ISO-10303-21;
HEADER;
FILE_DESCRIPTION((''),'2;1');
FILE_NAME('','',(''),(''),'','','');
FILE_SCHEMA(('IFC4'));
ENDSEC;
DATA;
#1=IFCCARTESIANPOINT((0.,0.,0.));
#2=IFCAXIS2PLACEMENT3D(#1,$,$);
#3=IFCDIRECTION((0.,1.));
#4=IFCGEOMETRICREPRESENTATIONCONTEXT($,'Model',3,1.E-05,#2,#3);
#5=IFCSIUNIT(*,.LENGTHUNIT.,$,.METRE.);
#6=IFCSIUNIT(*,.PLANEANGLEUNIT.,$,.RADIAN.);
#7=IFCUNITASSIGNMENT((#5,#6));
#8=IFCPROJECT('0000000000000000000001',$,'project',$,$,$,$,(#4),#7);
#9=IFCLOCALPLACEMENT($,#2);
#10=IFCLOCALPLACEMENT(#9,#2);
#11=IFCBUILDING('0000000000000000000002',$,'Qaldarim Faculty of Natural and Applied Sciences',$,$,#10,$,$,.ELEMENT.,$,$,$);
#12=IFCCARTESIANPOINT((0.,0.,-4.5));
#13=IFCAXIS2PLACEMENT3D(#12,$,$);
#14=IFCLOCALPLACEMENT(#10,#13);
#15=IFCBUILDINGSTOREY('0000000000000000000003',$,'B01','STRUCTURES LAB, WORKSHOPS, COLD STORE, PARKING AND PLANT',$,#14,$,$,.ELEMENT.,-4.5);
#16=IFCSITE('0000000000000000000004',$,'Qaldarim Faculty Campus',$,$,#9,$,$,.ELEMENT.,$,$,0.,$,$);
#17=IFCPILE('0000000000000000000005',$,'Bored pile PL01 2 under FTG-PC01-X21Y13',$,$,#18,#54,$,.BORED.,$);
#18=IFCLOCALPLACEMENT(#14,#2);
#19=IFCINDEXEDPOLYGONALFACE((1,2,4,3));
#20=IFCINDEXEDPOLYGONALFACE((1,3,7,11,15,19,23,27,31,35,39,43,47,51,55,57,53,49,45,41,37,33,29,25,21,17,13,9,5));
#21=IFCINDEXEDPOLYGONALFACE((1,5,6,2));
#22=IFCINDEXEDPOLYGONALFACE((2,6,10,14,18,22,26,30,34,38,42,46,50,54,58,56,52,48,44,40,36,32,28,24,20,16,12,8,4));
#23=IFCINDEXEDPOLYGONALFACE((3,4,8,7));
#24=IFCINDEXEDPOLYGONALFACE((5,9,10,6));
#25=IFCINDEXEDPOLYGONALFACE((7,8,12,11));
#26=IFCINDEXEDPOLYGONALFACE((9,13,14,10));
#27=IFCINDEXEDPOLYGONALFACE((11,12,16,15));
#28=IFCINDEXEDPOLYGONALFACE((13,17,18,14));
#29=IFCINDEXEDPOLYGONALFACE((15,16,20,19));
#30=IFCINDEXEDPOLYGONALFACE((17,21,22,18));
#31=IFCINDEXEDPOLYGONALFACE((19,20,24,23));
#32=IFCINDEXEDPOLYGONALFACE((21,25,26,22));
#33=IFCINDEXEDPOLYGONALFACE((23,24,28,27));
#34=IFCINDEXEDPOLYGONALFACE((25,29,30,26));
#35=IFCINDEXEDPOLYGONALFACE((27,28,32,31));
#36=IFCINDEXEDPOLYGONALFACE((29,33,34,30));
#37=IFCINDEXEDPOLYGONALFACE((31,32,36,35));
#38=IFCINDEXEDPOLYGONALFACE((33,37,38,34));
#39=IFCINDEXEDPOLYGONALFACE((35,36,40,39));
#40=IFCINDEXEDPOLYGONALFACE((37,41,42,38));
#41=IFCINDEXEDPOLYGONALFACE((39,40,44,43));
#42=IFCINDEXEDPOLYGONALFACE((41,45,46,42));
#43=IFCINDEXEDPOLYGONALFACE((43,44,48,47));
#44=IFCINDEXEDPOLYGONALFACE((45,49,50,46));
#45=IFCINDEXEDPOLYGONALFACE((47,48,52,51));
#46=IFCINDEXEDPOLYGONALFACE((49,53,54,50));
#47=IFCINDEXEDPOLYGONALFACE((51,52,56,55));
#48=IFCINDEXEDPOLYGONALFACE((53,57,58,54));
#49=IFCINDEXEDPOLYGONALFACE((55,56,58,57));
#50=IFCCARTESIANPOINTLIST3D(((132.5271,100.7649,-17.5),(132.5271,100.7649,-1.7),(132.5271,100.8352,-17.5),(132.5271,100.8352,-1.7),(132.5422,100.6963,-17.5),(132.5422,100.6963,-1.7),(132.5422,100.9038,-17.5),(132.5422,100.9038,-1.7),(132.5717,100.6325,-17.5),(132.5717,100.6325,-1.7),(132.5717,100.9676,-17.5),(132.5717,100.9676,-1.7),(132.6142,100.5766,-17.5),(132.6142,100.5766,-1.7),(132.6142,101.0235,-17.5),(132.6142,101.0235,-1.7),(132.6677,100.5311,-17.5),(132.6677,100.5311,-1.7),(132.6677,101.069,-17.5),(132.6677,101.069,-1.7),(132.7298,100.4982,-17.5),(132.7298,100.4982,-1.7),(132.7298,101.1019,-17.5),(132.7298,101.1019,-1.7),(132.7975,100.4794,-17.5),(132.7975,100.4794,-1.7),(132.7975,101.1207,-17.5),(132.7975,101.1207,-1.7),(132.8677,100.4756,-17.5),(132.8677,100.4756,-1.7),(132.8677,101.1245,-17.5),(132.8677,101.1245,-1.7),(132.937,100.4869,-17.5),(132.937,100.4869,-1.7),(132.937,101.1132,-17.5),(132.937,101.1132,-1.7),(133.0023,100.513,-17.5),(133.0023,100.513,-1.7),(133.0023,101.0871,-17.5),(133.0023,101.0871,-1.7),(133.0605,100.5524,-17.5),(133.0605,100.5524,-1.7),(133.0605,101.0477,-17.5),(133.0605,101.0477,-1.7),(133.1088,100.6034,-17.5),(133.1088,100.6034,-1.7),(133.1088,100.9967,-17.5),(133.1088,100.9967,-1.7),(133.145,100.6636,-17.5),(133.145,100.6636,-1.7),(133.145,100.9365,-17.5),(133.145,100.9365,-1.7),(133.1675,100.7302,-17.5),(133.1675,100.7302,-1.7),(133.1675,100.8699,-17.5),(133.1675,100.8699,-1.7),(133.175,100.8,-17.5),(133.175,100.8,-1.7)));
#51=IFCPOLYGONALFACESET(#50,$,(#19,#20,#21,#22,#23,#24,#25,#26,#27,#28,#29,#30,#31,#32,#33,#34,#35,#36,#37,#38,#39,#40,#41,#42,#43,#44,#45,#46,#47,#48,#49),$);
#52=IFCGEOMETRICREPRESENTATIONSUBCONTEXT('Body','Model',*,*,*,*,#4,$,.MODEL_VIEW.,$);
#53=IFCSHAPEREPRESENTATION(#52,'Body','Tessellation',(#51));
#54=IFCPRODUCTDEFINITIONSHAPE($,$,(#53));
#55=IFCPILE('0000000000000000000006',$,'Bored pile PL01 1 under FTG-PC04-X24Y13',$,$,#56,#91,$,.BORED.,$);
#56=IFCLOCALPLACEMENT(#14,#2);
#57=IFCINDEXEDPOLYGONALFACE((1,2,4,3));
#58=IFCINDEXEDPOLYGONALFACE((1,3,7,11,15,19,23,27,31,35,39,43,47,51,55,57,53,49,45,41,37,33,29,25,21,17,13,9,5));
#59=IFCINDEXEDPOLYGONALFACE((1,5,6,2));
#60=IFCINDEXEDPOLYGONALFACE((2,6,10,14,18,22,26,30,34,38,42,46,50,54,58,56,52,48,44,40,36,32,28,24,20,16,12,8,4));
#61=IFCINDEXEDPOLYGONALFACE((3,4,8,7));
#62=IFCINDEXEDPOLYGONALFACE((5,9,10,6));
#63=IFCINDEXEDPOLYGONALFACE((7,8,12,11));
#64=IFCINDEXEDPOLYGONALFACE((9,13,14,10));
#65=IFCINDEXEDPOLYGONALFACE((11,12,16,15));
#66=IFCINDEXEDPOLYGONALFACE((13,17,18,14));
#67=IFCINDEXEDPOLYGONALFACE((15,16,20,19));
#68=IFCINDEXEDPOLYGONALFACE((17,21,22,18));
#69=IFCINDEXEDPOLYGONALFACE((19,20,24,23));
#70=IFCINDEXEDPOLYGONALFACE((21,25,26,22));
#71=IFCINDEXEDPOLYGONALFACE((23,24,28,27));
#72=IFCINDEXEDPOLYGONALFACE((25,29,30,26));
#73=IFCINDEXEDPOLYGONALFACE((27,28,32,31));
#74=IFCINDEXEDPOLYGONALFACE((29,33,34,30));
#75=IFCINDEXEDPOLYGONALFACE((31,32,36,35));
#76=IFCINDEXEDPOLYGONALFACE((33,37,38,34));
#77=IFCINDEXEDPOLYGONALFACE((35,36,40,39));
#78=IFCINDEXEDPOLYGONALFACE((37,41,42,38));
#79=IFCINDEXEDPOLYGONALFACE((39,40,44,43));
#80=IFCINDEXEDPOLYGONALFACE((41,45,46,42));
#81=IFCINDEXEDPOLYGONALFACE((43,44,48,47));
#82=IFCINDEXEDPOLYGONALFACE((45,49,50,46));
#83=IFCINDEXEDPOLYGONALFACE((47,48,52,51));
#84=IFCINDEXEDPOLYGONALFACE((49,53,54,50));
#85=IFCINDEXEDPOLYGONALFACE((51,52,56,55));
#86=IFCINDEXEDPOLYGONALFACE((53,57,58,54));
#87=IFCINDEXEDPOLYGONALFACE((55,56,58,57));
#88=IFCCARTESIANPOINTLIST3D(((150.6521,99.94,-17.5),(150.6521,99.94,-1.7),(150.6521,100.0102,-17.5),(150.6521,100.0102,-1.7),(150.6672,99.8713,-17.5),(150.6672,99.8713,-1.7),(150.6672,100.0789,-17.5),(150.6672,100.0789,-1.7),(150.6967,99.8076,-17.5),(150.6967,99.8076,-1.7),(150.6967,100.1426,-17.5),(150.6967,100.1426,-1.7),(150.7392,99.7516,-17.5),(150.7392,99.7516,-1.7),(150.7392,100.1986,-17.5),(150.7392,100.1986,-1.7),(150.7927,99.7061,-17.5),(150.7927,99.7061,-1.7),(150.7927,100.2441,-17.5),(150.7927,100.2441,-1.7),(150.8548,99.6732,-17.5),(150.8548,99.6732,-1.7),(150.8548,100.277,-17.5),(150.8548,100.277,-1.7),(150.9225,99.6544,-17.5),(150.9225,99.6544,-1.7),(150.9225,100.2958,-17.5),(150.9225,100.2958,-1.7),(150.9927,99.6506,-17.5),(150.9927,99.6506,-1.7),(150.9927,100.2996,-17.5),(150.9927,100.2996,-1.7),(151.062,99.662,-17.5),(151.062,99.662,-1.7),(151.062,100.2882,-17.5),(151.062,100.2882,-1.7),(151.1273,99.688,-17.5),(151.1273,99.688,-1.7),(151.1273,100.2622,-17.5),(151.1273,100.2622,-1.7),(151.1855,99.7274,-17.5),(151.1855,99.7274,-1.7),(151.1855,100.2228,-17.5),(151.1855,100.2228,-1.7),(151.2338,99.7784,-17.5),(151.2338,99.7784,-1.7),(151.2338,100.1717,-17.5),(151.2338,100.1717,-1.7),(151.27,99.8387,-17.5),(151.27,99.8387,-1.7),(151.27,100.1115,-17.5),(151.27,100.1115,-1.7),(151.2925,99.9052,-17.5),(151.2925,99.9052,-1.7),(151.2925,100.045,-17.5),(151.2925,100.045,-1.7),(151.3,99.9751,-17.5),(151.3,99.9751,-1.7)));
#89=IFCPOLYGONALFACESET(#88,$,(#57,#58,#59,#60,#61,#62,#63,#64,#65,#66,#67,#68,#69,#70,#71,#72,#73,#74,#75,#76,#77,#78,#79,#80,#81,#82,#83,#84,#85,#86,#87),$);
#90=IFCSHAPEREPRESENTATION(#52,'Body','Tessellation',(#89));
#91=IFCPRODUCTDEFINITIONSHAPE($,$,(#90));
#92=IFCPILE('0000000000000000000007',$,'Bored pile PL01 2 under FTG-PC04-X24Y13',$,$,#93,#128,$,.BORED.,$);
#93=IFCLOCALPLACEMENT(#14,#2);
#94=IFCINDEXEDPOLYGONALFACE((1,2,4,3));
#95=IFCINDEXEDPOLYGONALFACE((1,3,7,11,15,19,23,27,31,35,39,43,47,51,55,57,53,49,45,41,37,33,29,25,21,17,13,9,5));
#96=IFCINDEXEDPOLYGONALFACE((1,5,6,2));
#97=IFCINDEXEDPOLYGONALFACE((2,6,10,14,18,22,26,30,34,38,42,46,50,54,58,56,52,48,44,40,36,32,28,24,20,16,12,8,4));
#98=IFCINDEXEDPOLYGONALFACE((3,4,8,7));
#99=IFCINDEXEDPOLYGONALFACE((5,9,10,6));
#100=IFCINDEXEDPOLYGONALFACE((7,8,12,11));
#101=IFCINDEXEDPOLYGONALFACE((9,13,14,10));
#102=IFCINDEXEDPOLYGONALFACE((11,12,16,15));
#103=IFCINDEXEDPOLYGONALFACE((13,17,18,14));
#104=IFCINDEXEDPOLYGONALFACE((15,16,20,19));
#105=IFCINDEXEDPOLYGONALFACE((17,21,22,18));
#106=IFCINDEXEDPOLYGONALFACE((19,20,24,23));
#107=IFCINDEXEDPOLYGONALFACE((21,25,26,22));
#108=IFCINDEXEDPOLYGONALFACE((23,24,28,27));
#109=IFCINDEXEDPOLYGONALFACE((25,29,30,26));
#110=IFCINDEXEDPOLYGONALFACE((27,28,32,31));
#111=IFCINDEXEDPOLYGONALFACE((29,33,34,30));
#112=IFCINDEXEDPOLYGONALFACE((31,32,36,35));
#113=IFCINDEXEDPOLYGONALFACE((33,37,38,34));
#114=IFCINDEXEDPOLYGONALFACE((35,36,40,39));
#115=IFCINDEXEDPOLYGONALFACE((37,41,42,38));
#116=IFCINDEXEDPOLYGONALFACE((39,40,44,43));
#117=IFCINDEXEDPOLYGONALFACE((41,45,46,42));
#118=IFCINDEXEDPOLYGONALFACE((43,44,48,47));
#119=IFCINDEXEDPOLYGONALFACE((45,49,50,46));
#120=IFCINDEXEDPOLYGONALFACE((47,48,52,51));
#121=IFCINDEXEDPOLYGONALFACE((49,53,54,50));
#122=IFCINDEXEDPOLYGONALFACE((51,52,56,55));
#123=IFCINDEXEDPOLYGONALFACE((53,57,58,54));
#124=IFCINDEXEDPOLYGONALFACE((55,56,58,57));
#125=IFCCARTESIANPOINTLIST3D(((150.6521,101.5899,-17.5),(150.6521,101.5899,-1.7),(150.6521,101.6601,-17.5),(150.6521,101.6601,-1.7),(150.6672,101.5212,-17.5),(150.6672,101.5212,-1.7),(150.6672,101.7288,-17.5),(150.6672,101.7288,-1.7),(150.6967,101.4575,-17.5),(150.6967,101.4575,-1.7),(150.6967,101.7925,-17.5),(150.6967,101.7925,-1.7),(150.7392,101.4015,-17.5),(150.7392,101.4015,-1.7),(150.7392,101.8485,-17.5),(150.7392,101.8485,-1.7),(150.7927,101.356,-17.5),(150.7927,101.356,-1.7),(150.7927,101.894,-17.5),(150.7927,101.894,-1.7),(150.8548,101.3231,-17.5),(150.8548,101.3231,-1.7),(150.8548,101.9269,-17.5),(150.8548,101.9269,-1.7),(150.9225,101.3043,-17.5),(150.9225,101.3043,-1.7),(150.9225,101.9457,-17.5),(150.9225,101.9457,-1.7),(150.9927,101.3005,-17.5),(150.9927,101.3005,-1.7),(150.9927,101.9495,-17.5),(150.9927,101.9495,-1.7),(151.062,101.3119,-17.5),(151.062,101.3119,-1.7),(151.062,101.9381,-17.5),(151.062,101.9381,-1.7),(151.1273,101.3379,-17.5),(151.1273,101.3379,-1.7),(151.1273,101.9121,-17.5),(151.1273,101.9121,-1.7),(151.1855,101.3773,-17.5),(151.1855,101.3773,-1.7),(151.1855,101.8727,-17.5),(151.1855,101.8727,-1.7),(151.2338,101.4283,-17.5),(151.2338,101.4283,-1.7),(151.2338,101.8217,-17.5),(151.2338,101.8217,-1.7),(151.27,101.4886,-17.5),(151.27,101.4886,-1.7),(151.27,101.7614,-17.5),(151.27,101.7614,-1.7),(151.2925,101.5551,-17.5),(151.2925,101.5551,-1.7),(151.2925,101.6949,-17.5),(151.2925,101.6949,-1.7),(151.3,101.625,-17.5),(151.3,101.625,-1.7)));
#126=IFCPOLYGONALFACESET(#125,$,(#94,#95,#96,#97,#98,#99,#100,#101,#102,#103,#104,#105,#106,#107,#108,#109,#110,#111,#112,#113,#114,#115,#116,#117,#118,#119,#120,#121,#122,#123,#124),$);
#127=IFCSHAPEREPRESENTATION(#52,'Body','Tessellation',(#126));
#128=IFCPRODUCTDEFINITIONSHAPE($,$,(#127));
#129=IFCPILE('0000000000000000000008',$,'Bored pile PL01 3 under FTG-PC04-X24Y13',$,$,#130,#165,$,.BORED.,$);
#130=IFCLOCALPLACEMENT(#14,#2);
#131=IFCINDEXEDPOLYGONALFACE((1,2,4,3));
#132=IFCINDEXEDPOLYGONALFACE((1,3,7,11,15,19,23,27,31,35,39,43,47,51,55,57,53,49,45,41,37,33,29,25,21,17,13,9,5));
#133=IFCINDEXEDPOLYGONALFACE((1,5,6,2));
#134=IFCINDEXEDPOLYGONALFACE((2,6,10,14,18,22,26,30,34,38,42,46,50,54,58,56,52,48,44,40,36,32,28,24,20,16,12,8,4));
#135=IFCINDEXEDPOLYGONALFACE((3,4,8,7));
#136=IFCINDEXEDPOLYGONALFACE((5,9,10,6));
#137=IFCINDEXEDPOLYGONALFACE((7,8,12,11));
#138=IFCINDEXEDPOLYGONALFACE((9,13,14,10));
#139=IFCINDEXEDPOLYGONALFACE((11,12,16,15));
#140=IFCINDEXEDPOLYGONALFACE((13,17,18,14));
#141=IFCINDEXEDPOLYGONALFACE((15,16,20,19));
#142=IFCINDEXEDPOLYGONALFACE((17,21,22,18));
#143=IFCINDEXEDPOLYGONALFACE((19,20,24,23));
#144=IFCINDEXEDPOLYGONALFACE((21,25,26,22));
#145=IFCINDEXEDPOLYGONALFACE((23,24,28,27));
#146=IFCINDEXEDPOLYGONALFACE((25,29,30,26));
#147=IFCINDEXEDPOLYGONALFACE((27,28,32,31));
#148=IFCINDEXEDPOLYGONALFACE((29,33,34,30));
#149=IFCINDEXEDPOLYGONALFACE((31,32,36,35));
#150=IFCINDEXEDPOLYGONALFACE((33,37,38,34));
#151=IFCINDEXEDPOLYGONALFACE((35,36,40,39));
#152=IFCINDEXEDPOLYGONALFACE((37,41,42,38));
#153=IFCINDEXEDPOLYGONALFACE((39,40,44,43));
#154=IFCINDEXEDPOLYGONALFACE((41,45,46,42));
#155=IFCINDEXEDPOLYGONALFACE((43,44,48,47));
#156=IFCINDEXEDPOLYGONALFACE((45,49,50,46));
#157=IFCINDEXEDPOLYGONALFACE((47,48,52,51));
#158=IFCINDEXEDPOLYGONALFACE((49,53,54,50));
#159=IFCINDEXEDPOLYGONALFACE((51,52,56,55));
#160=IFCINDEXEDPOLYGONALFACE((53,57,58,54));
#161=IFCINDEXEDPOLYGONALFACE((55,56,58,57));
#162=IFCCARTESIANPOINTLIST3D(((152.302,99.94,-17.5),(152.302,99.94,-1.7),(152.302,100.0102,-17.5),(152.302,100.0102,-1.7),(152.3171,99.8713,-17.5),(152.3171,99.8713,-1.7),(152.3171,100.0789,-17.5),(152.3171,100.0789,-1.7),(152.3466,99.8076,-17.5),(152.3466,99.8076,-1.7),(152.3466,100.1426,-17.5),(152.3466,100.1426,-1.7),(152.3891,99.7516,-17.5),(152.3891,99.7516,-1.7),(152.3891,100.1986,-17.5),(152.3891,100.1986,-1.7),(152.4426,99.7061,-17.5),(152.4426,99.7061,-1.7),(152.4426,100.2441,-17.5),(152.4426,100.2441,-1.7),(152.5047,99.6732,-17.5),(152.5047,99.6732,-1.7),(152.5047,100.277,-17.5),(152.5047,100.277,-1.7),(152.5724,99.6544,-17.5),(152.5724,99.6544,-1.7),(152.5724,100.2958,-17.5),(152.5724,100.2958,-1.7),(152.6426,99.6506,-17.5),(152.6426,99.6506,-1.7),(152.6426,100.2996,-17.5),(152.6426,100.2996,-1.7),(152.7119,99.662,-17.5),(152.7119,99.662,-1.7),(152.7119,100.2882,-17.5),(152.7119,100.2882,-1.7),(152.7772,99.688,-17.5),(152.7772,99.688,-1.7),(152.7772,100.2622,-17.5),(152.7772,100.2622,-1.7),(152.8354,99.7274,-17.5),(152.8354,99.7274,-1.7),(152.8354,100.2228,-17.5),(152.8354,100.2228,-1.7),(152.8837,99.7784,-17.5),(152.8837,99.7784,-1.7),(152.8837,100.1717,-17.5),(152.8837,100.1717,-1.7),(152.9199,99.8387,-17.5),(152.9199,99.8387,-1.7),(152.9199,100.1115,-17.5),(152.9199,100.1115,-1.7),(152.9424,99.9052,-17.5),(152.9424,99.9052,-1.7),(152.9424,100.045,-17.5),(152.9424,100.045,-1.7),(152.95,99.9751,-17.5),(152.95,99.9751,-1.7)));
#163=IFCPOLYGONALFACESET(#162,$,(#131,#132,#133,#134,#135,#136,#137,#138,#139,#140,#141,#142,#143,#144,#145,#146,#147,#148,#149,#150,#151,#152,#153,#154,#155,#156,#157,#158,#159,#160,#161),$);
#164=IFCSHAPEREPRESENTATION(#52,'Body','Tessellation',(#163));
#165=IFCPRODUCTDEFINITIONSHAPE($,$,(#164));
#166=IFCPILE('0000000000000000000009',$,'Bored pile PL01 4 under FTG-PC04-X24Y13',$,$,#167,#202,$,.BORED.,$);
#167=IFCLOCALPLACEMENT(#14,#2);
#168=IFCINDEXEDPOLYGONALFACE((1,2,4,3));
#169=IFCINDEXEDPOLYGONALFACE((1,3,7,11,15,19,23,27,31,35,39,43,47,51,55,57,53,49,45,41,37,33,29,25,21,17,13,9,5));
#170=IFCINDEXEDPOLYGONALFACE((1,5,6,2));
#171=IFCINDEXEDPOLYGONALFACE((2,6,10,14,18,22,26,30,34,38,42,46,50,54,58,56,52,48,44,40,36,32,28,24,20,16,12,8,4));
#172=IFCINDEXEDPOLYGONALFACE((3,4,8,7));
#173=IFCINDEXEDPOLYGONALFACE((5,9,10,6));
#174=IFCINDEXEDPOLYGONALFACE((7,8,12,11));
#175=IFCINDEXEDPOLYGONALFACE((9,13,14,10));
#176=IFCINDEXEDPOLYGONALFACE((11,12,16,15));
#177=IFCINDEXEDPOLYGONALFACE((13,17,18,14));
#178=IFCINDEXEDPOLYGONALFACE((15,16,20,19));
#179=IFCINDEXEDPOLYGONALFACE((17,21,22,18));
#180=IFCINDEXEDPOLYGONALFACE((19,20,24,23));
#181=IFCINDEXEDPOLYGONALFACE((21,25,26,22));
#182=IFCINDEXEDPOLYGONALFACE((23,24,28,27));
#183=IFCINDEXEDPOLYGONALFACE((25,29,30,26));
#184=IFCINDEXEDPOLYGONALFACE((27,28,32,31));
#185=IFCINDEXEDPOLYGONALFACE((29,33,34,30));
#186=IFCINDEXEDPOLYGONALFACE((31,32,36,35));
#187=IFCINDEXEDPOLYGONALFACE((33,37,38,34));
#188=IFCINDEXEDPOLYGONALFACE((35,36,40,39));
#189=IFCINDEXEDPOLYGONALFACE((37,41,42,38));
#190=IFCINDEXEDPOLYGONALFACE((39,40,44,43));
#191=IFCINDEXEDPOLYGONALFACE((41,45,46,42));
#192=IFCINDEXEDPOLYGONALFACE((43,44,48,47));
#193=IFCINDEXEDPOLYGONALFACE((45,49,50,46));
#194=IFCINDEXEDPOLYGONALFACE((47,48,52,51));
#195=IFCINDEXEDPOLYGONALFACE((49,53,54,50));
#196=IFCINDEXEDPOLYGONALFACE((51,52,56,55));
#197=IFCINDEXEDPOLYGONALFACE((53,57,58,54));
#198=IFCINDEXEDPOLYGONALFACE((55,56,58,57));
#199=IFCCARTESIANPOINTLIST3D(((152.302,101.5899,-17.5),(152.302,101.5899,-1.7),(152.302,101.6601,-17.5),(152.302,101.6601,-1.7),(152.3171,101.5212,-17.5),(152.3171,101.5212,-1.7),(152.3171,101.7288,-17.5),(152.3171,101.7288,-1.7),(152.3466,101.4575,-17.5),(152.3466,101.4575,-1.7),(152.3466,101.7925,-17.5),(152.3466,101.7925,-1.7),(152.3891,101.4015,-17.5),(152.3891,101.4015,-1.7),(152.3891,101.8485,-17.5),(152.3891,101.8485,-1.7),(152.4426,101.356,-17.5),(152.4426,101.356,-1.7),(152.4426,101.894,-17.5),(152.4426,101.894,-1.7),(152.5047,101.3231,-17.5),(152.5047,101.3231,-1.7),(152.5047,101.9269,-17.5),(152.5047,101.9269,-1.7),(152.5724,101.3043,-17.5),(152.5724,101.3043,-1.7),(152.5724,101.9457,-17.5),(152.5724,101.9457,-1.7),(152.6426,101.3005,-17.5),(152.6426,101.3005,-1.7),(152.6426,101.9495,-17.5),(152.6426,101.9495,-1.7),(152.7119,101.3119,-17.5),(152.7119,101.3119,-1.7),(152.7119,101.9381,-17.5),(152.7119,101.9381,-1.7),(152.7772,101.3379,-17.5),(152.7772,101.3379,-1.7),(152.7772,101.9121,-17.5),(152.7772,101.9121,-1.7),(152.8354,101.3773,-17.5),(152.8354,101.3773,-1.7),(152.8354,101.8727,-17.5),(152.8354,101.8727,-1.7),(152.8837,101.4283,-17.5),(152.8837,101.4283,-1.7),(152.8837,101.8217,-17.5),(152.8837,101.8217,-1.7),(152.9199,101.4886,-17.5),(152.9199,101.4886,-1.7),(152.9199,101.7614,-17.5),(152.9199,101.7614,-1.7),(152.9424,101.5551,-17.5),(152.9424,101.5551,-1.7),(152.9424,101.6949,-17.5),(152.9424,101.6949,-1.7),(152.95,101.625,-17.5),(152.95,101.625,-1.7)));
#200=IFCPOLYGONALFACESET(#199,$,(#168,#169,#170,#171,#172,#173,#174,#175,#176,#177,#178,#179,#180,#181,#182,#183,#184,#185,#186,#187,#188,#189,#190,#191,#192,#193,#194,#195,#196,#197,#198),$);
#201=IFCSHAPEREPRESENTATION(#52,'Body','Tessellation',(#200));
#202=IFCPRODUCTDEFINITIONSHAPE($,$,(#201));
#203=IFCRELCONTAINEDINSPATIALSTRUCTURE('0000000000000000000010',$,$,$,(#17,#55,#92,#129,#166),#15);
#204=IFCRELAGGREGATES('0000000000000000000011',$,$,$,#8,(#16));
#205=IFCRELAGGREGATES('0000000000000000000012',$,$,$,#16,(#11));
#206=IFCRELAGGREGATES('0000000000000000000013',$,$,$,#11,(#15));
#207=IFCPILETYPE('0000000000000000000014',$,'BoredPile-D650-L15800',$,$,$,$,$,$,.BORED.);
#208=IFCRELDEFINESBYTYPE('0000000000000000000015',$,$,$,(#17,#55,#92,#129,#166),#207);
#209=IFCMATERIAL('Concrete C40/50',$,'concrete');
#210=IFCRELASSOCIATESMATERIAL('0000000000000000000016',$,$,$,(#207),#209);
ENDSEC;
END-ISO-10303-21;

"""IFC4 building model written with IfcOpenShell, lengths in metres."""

from ifc_helpers import new_model, si_unit, direction, frame, origin, origin_2d, place, context, subcontext, project, spatial, circle, extrude, material, material_profile, profile_set, type_object, element, save


model = new_model("IFC4")

# Units and contexts
model_context = context("Model", 3, precision=1e-05, world=origin(), true_north=direction((0.0, 1.0)))
body_context = subcontext(model_context, "Body", "Model", "MODEL_VIEW")
ifc_project = project(units=[si_unit("LENGTHUNIT", "METRE"), si_unit("PLANEANGLEUNIT", "RADIAN")], contexts=[model_context])

# Site, building, storey
site_placement = place(None, origin())
site = spatial("IfcSite", under=ifc_project, at=site_placement, Name="Qaldarim Faculty Campus", CompositionType="ELEMENT", RefElevation=0.0)
building_placement = place(site_placement, origin())
building = spatial("IfcBuilding", under=site, at=building_placement, Name="Qaldarim Faculty of Natural and Applied Sciences", CompositionType="ELEMENT")
storey_placement = place(building_placement, frame((0.0, 0.0, -4.5)))
storey = spatial("IfcBuildingStorey", under=building, at=storey_placement, Name="B01", Description="STRUCTURES LAB, WORKSHOPS, COLD STORE, PARKING AND PLANT", CompositionType="ELEMENT", Elevation=-4.5)

# Piles
ifc_material_1 = material(Name="Concrete C40/50", Category="concrete")
ifc_material_profile_1 = material_profile(ifc_material_1, circle(Radius=0.325, at=origin_2d()), Name="PILE-D650")
ifc_profile_set_1 = profile_set([ifc_material_profile_1], Name="Concrete C40/50")
pile_type_1 = type_object("IfcPileType", Name="BoredPile-D650-L15800", PredefinedType="BORED", material=ifc_profile_set_1)
for number, where, z_axis, x_axis, name in (
    (1, (132.8501, 100.8, -1.7), (0.0, 0.0, -1.0), (1.0, 0.0, 0.0), "Bored pile PL01 2 under FTG-PC01-X21Y13"),
    (2, (150.9751, 99.9751, -1.7), (0.0, 0.0, -1.0), (1.0, 0.0, 0.0), "Bored pile PL01 1 under FTG-PC04-X24Y13"),
    (3, (150.9751, 101.625, -1.7), (0.0, 0.0, -1.0), (1.0, 0.0, 0.0), "Bored pile PL01 2 under FTG-PC04-X24Y13"),
    (4, (152.625, 99.9751, -1.7), (0.0, 0.0, -1.0), (1.0, 0.0, 0.0), "Bored pile PL01 3 under FTG-PC04-X24Y13"),
    (5, (152.625, 101.625, -1.7), (0.0, 0.0, -1.0), (1.0, 0.0, 0.0), "Bored pile PL01 4 under FTG-PC04-X24Y13"),
):
    element("IfcPile", number, at=place(storey_placement, frame(where, z_axis=z_axis, x_axis=x_axis)), inside=storey, type_object=pile_type_1, Name=name, PredefinedType="BORED", context=body_context, shape_type="SweptSolid", body=[
        extrude(circle(Radius=0.325, at=origin_2d()), origin(), (0.0, 0.0, 1.0), 15.8),
    ])

save(model, "model.ifc")
